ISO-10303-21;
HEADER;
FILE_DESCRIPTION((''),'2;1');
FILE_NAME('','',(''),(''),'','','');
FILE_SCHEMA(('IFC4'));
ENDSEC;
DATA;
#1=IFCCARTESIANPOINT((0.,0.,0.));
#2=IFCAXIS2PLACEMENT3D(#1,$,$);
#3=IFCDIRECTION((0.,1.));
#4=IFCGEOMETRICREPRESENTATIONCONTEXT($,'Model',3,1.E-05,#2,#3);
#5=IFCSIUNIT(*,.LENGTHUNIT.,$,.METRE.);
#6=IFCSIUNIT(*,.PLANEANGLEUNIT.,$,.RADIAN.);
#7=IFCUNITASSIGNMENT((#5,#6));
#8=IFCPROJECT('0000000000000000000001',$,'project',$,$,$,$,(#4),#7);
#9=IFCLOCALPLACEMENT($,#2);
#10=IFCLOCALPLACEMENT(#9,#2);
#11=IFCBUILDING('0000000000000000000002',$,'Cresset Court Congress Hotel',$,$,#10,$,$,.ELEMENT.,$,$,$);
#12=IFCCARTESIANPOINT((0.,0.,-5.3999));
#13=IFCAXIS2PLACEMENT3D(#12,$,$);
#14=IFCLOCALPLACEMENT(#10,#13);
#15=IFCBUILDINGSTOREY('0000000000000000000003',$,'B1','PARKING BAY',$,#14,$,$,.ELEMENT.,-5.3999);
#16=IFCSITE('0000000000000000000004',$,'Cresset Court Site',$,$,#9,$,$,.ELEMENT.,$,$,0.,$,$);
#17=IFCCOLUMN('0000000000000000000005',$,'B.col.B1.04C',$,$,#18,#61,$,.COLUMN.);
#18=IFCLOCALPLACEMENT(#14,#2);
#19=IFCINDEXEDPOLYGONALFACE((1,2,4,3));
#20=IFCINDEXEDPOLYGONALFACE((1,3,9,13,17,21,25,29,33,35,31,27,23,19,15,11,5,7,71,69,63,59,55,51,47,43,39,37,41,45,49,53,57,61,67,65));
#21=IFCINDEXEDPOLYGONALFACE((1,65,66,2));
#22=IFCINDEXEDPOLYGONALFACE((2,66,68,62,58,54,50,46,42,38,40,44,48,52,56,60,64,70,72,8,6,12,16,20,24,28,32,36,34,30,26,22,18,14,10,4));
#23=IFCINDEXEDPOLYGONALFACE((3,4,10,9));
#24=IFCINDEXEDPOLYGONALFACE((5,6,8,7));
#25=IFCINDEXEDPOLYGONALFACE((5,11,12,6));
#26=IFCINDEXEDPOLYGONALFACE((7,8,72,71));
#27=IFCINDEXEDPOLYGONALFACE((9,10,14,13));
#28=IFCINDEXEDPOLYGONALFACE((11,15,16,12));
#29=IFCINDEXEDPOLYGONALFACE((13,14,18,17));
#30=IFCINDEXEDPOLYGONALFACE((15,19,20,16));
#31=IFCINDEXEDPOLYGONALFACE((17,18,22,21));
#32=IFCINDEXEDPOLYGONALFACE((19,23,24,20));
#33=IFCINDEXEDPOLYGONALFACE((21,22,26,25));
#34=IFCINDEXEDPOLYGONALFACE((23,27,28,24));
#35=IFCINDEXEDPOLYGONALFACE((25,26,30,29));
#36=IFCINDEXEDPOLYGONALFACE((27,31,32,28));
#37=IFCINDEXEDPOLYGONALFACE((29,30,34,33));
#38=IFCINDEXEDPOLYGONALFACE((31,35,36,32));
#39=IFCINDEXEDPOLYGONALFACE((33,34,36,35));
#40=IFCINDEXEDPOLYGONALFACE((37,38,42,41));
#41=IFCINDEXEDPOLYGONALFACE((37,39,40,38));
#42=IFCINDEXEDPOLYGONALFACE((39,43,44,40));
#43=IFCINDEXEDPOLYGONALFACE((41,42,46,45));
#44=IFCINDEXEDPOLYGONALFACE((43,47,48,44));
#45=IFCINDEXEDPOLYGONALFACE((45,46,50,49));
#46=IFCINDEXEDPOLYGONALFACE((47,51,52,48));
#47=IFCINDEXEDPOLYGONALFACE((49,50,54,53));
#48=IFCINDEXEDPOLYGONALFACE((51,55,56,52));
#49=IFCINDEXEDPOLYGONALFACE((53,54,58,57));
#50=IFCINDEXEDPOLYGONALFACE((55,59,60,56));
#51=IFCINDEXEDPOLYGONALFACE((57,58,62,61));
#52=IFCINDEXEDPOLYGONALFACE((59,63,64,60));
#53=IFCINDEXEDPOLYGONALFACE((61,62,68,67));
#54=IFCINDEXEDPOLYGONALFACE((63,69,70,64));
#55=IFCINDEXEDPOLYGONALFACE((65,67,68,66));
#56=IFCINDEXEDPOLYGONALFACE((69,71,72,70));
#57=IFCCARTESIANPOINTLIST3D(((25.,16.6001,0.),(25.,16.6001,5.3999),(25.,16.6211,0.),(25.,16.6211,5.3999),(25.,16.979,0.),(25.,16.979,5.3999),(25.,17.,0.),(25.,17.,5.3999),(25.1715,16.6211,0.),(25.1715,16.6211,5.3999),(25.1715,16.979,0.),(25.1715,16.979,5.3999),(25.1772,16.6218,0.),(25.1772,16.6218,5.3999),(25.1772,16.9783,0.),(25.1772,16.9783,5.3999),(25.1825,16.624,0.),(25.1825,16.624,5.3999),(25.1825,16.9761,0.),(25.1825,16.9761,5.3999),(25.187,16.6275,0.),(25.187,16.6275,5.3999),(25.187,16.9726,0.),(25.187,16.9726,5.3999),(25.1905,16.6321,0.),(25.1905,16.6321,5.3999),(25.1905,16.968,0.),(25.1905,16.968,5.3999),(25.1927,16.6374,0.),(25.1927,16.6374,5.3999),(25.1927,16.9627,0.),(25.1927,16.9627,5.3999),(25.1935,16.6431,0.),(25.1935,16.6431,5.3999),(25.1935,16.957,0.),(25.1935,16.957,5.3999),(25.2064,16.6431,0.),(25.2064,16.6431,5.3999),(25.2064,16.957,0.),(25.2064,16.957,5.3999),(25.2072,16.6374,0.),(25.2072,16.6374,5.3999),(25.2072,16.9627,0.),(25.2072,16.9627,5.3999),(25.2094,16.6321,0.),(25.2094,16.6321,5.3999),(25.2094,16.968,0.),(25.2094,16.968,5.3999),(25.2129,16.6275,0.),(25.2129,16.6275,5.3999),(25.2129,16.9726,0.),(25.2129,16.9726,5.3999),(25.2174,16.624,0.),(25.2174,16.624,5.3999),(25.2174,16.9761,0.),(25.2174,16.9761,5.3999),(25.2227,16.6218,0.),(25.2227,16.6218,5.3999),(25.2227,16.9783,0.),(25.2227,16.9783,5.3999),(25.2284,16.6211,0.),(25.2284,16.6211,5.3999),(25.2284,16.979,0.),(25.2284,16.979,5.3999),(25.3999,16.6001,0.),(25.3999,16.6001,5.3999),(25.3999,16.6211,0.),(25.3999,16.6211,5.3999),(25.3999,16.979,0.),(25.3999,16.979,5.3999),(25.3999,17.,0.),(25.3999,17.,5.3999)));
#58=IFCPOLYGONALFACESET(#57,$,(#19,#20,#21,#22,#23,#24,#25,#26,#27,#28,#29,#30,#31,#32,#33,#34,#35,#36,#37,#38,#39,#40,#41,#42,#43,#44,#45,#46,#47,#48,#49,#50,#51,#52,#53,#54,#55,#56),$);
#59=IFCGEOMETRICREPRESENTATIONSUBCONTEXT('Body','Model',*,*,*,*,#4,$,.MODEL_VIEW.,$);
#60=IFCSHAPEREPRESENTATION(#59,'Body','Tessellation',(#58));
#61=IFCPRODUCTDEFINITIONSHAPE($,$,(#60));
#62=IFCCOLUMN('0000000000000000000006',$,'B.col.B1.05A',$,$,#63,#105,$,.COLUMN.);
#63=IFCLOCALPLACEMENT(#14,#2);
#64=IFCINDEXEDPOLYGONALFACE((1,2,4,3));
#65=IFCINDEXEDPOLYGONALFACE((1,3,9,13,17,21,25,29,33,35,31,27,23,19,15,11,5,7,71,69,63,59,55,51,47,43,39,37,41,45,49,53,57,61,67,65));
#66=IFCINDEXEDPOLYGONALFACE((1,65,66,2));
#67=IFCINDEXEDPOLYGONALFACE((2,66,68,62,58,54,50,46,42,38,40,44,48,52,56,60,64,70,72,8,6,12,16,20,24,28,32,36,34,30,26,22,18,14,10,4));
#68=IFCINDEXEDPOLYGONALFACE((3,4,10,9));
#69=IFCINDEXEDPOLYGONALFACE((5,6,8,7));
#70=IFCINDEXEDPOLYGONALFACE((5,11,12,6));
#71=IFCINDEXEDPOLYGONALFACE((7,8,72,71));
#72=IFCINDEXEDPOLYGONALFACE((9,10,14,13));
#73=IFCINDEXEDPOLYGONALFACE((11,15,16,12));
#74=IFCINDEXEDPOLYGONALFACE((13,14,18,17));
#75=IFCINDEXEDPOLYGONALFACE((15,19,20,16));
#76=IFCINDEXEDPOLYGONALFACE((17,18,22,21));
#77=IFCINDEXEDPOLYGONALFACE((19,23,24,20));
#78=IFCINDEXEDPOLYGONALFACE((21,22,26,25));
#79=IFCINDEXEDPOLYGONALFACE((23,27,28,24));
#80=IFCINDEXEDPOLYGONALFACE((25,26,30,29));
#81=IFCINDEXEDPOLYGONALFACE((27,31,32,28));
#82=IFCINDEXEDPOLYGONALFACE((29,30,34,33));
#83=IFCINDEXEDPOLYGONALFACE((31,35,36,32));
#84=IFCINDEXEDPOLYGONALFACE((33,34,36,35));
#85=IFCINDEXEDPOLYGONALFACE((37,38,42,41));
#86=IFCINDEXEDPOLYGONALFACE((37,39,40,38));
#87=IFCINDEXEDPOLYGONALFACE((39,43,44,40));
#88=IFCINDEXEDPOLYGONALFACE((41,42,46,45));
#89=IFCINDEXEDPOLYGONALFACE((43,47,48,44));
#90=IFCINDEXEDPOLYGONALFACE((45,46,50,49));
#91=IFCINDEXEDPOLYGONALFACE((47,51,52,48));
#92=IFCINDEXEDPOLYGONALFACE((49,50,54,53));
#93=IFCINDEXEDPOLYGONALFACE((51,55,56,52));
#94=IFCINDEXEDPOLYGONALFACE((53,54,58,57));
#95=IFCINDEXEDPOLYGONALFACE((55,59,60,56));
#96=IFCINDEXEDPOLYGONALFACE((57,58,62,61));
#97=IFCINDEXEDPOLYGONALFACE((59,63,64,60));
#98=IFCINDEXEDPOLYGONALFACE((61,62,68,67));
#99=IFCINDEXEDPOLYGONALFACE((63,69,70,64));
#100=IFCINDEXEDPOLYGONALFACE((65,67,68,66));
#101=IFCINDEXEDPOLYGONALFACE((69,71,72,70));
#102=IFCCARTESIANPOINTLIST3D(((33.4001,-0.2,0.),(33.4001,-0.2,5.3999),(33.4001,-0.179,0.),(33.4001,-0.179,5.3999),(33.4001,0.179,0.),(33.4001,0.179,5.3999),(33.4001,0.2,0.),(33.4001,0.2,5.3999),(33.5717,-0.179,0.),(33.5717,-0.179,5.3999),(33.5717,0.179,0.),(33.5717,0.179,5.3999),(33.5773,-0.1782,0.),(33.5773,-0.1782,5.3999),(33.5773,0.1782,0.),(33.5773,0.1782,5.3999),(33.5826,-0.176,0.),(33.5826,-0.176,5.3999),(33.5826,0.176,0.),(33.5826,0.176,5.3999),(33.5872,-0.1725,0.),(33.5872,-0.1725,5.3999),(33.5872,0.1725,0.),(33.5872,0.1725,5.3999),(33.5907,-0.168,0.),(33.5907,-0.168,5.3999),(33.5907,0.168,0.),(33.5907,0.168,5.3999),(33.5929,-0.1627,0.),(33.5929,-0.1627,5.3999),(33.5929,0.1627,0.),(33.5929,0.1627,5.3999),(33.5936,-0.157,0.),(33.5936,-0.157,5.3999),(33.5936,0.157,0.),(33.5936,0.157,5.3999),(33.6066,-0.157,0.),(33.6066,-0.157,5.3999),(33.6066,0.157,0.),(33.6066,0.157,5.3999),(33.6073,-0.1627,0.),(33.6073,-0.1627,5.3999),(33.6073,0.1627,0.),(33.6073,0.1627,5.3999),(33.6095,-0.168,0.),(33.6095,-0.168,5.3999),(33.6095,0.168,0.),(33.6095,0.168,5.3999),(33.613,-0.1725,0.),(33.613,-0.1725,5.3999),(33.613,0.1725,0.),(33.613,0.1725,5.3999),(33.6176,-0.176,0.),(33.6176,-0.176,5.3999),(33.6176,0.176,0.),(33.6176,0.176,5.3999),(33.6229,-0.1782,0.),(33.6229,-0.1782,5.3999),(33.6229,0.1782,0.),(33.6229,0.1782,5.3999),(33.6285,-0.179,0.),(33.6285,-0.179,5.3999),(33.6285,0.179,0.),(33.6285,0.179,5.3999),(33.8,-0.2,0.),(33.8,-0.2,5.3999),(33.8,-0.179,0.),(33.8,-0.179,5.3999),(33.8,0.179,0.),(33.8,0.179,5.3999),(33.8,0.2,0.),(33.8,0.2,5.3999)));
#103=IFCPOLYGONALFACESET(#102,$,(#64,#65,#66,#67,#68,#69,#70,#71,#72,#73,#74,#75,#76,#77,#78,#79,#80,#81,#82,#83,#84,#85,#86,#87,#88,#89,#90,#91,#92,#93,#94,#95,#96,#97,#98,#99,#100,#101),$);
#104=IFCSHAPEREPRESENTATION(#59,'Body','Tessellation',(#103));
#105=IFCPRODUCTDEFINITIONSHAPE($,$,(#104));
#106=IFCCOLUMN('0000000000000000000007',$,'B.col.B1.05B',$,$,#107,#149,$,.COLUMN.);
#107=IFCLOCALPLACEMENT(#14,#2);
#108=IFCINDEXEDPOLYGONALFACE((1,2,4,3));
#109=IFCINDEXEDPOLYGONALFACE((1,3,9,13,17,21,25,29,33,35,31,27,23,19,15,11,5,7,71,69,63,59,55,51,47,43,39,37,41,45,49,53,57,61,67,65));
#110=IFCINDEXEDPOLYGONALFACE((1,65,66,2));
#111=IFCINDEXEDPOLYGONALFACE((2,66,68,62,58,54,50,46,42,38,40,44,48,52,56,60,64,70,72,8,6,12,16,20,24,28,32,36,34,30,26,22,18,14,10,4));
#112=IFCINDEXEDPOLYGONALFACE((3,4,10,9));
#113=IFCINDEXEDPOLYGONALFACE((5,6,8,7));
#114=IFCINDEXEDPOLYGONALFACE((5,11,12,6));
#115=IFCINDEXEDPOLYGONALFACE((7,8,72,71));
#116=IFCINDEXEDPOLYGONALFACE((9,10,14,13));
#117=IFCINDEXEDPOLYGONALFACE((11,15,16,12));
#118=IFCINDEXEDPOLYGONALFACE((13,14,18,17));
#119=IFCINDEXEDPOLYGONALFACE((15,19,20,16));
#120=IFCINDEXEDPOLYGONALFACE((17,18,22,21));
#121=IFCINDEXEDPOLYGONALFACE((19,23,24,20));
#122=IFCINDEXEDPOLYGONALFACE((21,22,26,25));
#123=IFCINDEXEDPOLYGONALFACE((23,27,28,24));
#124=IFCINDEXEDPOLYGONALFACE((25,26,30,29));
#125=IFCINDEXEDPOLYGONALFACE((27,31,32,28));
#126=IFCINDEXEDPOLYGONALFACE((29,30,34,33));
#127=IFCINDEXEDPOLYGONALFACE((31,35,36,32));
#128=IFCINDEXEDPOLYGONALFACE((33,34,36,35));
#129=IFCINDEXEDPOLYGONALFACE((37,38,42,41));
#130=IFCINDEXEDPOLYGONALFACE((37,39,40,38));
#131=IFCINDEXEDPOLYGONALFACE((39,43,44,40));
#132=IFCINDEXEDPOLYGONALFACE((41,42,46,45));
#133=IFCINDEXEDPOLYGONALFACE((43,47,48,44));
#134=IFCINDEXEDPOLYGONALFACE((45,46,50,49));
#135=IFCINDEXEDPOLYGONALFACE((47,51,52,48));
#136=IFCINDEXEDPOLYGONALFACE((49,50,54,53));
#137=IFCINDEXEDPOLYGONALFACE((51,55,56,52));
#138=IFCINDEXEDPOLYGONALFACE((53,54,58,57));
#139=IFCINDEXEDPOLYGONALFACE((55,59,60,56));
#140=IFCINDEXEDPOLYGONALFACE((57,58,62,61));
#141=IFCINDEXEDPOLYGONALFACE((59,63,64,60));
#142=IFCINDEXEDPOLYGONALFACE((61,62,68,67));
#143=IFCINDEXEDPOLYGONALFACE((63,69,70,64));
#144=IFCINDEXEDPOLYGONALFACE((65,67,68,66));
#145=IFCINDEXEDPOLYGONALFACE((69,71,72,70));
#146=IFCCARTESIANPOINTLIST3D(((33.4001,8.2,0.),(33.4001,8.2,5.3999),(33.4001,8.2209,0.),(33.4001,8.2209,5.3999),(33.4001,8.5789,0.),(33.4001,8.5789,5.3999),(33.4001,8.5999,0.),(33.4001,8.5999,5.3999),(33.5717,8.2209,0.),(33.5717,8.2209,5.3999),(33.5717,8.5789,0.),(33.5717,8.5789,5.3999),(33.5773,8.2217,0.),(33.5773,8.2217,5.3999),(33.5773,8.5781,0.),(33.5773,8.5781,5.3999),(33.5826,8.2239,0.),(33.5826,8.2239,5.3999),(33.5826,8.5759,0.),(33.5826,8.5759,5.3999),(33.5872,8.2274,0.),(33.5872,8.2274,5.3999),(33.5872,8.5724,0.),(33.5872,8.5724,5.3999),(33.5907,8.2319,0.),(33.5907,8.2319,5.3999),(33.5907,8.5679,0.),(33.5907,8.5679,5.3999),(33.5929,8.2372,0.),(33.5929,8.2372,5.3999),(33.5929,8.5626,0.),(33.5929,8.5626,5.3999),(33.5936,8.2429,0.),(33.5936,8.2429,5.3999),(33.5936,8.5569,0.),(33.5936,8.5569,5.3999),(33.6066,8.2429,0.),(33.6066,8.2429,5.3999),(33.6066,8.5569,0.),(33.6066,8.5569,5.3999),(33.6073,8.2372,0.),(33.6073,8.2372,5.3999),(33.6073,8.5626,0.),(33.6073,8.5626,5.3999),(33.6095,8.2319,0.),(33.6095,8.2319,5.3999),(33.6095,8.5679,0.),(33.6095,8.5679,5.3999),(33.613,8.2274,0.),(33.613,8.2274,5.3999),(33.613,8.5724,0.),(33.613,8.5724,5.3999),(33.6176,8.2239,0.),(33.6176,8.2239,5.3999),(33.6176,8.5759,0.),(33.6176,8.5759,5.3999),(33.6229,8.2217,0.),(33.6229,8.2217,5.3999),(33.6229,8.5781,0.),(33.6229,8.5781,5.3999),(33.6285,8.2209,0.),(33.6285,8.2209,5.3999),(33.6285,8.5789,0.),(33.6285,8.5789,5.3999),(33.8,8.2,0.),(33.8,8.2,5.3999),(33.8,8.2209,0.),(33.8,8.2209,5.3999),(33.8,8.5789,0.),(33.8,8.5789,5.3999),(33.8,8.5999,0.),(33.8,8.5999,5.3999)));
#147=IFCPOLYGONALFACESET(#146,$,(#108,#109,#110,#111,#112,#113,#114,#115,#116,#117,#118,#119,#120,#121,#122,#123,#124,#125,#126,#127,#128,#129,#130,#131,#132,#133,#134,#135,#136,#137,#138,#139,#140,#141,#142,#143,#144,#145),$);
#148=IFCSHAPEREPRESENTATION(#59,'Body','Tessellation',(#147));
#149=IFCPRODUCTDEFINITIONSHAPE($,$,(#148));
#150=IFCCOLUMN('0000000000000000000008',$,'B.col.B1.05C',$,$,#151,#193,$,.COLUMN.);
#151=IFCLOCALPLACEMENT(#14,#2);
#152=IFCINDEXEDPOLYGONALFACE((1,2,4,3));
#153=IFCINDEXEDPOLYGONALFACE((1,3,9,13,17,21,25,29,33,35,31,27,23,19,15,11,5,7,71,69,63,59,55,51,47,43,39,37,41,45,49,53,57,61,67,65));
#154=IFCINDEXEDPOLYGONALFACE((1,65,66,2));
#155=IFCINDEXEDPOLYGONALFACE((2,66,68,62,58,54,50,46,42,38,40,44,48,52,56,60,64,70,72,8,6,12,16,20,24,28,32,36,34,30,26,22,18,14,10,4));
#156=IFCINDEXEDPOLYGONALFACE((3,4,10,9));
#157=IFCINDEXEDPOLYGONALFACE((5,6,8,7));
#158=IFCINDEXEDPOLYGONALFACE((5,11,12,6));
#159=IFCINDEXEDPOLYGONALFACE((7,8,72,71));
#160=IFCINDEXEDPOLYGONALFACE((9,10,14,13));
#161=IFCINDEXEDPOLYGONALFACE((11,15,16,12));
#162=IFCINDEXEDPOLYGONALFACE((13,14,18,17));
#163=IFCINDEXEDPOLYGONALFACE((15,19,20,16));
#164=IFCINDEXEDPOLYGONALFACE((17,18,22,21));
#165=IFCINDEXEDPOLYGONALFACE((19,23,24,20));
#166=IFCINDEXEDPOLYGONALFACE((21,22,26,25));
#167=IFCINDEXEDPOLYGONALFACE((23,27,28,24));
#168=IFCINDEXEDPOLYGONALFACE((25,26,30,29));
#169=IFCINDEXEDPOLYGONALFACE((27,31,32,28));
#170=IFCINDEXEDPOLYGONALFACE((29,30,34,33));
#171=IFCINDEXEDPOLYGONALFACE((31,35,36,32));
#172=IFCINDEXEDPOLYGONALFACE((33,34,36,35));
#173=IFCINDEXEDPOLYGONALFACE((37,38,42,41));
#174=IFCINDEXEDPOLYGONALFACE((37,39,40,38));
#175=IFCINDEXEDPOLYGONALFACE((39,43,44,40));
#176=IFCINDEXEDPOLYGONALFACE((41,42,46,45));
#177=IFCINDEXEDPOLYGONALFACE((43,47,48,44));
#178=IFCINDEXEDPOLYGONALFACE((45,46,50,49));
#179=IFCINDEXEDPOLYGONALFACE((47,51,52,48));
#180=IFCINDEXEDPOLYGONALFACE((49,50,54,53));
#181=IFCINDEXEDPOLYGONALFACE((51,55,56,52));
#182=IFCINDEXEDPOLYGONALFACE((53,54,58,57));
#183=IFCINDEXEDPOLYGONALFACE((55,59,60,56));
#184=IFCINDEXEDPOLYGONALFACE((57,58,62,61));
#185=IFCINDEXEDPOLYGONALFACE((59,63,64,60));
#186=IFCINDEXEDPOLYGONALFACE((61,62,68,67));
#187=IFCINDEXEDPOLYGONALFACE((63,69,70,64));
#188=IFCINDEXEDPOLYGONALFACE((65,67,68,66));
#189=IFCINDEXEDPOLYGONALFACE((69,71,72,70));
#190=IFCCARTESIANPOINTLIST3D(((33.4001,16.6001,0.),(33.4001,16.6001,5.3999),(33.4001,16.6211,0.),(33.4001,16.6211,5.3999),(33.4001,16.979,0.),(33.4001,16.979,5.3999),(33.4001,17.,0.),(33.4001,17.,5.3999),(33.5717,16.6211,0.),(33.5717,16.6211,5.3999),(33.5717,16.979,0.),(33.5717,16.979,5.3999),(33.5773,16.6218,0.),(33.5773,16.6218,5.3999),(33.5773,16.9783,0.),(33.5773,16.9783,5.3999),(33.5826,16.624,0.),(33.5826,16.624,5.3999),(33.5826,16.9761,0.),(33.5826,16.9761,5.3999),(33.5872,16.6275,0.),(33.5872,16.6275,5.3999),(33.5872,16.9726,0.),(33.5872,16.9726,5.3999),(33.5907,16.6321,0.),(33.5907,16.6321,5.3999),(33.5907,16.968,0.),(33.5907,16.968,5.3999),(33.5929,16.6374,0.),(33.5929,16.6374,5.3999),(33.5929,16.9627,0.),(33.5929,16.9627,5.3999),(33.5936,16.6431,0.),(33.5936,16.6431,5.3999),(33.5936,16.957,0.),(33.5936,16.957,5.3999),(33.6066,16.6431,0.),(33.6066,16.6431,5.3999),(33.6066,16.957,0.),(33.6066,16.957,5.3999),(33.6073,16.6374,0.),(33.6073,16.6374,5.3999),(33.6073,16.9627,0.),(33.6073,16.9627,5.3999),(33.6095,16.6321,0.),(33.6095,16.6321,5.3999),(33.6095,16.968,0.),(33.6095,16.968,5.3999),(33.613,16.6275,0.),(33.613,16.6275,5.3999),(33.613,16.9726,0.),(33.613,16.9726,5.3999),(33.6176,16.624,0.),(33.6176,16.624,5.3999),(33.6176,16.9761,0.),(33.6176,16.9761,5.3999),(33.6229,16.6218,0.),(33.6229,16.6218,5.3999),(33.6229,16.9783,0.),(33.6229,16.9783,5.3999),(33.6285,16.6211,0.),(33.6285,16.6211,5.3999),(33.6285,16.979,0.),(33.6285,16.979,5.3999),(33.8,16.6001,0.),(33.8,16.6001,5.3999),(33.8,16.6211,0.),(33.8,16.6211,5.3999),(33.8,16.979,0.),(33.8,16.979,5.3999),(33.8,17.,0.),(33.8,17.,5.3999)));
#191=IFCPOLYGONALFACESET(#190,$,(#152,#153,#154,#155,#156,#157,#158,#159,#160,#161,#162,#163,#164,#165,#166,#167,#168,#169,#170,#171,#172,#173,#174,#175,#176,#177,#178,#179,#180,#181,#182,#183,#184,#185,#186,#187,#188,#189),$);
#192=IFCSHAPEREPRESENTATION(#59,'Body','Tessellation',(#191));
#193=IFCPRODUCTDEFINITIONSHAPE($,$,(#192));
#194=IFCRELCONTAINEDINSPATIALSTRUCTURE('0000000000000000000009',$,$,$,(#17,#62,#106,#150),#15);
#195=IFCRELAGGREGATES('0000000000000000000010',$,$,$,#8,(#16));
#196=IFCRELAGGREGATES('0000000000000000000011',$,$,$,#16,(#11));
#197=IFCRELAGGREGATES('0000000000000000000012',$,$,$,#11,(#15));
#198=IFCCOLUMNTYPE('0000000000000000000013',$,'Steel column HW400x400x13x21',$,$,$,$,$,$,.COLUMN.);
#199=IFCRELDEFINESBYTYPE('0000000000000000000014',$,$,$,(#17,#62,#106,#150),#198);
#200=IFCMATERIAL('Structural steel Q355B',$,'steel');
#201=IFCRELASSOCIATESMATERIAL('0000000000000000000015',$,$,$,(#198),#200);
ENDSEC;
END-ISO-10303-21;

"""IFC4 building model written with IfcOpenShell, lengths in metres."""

from ifc_helpers import new_model, si_unit, direction, frame, origin, origin_2d, place, context, subcontext, project, spatial, i_section, extrude, material, material_profile, profile_set, type_object, element, save


model = new_model("IFC4")

# Units and contexts
model_context = context("Model", 3, precision=1e-05, world=origin(), true_north=direction((0.0, 1.0)))
body_context = subcontext(model_context, "Body", "Model", "MODEL_VIEW")
ifc_project = project(units=[si_unit("LENGTHUNIT", "METRE"), si_unit("PLANEANGLEUNIT", "RADIAN")], contexts=[model_context])

# Site, building, storey
site_placement = place(None, origin())
site = spatial("IfcSite", under=ifc_project, at=site_placement, Name="Cresset Court Site", CompositionType="ELEMENT", RefElevation=0.0)
building_placement = place(site_placement, origin())
building = spatial("IfcBuilding", under=site, at=building_placement, Name="Cresset Court Congress Hotel", CompositionType="ELEMENT")
storey_placement = place(building_placement, frame((0.0, 0.0, -5.3999)))
storey = spatial("IfcBuildingStorey", under=building, at=storey_placement, Name="B1", Description="PARKING BAY", CompositionType="ELEMENT", Elevation=-5.3999)

# Columns
ifc_material_1 = material(Name="Structural steel Q355B", Category="steel")
ifc_material_profile = material_profile(ifc_material_1, i_section(OverallWidth=0.3999, OverallDepth=0.3999, WebThickness=0.0129, FlangeThickness=0.021, FilletRadius=0.022, at=origin_2d()), Name="HW400x400x13x21")
ifc_profile_set = profile_set([ifc_material_profile], Name="Structural steel Q355B")
column_type = type_object("IfcColumnType", Name="Steel column HW400x400x13x21", PredefinedType="COLUMN", material=ifc_profile_set)
for number, where, z_axis, x_axis, name in (
    (1, (25.2, 16.8, 0.0), (0.0, 0.0, 1.0), (1.0, 0.0, 0.0), "B.col.B1.04C"),
    (2, (33.6001, 0.0, 0.0), (0.0, 0.0, 1.0), (1.0, 0.0, 0.0), "B.col.B1.05A"),
    (3, (33.6001, 8.3999, 0.0), (0.0, 0.0, 1.0), (1.0, 0.0, 0.0), "B.col.B1.05B"),
    (4, (33.6001, 16.8, 0.0), (0.0, 0.0, 1.0), (1.0, 0.0, 0.0), "B.col.B1.05C"),
):
    element("IfcColumn", number, at=place(storey_placement, frame(where, z_axis=z_axis, x_axis=x_axis)), inside=storey, type_object=column_type, Name=name, PredefinedType="COLUMN", context=body_context, shape_type="SweptSolid", body=[
        extrude(i_section(OverallWidth=0.3999, OverallDepth=0.3999, WebThickness=0.0129, FlangeThickness=0.021, FilletRadius=0.022, at=origin_2d()), origin(), (0.0, 0.0, 1.0), 5.3999),
    ])

save(model, "model.ifc")
